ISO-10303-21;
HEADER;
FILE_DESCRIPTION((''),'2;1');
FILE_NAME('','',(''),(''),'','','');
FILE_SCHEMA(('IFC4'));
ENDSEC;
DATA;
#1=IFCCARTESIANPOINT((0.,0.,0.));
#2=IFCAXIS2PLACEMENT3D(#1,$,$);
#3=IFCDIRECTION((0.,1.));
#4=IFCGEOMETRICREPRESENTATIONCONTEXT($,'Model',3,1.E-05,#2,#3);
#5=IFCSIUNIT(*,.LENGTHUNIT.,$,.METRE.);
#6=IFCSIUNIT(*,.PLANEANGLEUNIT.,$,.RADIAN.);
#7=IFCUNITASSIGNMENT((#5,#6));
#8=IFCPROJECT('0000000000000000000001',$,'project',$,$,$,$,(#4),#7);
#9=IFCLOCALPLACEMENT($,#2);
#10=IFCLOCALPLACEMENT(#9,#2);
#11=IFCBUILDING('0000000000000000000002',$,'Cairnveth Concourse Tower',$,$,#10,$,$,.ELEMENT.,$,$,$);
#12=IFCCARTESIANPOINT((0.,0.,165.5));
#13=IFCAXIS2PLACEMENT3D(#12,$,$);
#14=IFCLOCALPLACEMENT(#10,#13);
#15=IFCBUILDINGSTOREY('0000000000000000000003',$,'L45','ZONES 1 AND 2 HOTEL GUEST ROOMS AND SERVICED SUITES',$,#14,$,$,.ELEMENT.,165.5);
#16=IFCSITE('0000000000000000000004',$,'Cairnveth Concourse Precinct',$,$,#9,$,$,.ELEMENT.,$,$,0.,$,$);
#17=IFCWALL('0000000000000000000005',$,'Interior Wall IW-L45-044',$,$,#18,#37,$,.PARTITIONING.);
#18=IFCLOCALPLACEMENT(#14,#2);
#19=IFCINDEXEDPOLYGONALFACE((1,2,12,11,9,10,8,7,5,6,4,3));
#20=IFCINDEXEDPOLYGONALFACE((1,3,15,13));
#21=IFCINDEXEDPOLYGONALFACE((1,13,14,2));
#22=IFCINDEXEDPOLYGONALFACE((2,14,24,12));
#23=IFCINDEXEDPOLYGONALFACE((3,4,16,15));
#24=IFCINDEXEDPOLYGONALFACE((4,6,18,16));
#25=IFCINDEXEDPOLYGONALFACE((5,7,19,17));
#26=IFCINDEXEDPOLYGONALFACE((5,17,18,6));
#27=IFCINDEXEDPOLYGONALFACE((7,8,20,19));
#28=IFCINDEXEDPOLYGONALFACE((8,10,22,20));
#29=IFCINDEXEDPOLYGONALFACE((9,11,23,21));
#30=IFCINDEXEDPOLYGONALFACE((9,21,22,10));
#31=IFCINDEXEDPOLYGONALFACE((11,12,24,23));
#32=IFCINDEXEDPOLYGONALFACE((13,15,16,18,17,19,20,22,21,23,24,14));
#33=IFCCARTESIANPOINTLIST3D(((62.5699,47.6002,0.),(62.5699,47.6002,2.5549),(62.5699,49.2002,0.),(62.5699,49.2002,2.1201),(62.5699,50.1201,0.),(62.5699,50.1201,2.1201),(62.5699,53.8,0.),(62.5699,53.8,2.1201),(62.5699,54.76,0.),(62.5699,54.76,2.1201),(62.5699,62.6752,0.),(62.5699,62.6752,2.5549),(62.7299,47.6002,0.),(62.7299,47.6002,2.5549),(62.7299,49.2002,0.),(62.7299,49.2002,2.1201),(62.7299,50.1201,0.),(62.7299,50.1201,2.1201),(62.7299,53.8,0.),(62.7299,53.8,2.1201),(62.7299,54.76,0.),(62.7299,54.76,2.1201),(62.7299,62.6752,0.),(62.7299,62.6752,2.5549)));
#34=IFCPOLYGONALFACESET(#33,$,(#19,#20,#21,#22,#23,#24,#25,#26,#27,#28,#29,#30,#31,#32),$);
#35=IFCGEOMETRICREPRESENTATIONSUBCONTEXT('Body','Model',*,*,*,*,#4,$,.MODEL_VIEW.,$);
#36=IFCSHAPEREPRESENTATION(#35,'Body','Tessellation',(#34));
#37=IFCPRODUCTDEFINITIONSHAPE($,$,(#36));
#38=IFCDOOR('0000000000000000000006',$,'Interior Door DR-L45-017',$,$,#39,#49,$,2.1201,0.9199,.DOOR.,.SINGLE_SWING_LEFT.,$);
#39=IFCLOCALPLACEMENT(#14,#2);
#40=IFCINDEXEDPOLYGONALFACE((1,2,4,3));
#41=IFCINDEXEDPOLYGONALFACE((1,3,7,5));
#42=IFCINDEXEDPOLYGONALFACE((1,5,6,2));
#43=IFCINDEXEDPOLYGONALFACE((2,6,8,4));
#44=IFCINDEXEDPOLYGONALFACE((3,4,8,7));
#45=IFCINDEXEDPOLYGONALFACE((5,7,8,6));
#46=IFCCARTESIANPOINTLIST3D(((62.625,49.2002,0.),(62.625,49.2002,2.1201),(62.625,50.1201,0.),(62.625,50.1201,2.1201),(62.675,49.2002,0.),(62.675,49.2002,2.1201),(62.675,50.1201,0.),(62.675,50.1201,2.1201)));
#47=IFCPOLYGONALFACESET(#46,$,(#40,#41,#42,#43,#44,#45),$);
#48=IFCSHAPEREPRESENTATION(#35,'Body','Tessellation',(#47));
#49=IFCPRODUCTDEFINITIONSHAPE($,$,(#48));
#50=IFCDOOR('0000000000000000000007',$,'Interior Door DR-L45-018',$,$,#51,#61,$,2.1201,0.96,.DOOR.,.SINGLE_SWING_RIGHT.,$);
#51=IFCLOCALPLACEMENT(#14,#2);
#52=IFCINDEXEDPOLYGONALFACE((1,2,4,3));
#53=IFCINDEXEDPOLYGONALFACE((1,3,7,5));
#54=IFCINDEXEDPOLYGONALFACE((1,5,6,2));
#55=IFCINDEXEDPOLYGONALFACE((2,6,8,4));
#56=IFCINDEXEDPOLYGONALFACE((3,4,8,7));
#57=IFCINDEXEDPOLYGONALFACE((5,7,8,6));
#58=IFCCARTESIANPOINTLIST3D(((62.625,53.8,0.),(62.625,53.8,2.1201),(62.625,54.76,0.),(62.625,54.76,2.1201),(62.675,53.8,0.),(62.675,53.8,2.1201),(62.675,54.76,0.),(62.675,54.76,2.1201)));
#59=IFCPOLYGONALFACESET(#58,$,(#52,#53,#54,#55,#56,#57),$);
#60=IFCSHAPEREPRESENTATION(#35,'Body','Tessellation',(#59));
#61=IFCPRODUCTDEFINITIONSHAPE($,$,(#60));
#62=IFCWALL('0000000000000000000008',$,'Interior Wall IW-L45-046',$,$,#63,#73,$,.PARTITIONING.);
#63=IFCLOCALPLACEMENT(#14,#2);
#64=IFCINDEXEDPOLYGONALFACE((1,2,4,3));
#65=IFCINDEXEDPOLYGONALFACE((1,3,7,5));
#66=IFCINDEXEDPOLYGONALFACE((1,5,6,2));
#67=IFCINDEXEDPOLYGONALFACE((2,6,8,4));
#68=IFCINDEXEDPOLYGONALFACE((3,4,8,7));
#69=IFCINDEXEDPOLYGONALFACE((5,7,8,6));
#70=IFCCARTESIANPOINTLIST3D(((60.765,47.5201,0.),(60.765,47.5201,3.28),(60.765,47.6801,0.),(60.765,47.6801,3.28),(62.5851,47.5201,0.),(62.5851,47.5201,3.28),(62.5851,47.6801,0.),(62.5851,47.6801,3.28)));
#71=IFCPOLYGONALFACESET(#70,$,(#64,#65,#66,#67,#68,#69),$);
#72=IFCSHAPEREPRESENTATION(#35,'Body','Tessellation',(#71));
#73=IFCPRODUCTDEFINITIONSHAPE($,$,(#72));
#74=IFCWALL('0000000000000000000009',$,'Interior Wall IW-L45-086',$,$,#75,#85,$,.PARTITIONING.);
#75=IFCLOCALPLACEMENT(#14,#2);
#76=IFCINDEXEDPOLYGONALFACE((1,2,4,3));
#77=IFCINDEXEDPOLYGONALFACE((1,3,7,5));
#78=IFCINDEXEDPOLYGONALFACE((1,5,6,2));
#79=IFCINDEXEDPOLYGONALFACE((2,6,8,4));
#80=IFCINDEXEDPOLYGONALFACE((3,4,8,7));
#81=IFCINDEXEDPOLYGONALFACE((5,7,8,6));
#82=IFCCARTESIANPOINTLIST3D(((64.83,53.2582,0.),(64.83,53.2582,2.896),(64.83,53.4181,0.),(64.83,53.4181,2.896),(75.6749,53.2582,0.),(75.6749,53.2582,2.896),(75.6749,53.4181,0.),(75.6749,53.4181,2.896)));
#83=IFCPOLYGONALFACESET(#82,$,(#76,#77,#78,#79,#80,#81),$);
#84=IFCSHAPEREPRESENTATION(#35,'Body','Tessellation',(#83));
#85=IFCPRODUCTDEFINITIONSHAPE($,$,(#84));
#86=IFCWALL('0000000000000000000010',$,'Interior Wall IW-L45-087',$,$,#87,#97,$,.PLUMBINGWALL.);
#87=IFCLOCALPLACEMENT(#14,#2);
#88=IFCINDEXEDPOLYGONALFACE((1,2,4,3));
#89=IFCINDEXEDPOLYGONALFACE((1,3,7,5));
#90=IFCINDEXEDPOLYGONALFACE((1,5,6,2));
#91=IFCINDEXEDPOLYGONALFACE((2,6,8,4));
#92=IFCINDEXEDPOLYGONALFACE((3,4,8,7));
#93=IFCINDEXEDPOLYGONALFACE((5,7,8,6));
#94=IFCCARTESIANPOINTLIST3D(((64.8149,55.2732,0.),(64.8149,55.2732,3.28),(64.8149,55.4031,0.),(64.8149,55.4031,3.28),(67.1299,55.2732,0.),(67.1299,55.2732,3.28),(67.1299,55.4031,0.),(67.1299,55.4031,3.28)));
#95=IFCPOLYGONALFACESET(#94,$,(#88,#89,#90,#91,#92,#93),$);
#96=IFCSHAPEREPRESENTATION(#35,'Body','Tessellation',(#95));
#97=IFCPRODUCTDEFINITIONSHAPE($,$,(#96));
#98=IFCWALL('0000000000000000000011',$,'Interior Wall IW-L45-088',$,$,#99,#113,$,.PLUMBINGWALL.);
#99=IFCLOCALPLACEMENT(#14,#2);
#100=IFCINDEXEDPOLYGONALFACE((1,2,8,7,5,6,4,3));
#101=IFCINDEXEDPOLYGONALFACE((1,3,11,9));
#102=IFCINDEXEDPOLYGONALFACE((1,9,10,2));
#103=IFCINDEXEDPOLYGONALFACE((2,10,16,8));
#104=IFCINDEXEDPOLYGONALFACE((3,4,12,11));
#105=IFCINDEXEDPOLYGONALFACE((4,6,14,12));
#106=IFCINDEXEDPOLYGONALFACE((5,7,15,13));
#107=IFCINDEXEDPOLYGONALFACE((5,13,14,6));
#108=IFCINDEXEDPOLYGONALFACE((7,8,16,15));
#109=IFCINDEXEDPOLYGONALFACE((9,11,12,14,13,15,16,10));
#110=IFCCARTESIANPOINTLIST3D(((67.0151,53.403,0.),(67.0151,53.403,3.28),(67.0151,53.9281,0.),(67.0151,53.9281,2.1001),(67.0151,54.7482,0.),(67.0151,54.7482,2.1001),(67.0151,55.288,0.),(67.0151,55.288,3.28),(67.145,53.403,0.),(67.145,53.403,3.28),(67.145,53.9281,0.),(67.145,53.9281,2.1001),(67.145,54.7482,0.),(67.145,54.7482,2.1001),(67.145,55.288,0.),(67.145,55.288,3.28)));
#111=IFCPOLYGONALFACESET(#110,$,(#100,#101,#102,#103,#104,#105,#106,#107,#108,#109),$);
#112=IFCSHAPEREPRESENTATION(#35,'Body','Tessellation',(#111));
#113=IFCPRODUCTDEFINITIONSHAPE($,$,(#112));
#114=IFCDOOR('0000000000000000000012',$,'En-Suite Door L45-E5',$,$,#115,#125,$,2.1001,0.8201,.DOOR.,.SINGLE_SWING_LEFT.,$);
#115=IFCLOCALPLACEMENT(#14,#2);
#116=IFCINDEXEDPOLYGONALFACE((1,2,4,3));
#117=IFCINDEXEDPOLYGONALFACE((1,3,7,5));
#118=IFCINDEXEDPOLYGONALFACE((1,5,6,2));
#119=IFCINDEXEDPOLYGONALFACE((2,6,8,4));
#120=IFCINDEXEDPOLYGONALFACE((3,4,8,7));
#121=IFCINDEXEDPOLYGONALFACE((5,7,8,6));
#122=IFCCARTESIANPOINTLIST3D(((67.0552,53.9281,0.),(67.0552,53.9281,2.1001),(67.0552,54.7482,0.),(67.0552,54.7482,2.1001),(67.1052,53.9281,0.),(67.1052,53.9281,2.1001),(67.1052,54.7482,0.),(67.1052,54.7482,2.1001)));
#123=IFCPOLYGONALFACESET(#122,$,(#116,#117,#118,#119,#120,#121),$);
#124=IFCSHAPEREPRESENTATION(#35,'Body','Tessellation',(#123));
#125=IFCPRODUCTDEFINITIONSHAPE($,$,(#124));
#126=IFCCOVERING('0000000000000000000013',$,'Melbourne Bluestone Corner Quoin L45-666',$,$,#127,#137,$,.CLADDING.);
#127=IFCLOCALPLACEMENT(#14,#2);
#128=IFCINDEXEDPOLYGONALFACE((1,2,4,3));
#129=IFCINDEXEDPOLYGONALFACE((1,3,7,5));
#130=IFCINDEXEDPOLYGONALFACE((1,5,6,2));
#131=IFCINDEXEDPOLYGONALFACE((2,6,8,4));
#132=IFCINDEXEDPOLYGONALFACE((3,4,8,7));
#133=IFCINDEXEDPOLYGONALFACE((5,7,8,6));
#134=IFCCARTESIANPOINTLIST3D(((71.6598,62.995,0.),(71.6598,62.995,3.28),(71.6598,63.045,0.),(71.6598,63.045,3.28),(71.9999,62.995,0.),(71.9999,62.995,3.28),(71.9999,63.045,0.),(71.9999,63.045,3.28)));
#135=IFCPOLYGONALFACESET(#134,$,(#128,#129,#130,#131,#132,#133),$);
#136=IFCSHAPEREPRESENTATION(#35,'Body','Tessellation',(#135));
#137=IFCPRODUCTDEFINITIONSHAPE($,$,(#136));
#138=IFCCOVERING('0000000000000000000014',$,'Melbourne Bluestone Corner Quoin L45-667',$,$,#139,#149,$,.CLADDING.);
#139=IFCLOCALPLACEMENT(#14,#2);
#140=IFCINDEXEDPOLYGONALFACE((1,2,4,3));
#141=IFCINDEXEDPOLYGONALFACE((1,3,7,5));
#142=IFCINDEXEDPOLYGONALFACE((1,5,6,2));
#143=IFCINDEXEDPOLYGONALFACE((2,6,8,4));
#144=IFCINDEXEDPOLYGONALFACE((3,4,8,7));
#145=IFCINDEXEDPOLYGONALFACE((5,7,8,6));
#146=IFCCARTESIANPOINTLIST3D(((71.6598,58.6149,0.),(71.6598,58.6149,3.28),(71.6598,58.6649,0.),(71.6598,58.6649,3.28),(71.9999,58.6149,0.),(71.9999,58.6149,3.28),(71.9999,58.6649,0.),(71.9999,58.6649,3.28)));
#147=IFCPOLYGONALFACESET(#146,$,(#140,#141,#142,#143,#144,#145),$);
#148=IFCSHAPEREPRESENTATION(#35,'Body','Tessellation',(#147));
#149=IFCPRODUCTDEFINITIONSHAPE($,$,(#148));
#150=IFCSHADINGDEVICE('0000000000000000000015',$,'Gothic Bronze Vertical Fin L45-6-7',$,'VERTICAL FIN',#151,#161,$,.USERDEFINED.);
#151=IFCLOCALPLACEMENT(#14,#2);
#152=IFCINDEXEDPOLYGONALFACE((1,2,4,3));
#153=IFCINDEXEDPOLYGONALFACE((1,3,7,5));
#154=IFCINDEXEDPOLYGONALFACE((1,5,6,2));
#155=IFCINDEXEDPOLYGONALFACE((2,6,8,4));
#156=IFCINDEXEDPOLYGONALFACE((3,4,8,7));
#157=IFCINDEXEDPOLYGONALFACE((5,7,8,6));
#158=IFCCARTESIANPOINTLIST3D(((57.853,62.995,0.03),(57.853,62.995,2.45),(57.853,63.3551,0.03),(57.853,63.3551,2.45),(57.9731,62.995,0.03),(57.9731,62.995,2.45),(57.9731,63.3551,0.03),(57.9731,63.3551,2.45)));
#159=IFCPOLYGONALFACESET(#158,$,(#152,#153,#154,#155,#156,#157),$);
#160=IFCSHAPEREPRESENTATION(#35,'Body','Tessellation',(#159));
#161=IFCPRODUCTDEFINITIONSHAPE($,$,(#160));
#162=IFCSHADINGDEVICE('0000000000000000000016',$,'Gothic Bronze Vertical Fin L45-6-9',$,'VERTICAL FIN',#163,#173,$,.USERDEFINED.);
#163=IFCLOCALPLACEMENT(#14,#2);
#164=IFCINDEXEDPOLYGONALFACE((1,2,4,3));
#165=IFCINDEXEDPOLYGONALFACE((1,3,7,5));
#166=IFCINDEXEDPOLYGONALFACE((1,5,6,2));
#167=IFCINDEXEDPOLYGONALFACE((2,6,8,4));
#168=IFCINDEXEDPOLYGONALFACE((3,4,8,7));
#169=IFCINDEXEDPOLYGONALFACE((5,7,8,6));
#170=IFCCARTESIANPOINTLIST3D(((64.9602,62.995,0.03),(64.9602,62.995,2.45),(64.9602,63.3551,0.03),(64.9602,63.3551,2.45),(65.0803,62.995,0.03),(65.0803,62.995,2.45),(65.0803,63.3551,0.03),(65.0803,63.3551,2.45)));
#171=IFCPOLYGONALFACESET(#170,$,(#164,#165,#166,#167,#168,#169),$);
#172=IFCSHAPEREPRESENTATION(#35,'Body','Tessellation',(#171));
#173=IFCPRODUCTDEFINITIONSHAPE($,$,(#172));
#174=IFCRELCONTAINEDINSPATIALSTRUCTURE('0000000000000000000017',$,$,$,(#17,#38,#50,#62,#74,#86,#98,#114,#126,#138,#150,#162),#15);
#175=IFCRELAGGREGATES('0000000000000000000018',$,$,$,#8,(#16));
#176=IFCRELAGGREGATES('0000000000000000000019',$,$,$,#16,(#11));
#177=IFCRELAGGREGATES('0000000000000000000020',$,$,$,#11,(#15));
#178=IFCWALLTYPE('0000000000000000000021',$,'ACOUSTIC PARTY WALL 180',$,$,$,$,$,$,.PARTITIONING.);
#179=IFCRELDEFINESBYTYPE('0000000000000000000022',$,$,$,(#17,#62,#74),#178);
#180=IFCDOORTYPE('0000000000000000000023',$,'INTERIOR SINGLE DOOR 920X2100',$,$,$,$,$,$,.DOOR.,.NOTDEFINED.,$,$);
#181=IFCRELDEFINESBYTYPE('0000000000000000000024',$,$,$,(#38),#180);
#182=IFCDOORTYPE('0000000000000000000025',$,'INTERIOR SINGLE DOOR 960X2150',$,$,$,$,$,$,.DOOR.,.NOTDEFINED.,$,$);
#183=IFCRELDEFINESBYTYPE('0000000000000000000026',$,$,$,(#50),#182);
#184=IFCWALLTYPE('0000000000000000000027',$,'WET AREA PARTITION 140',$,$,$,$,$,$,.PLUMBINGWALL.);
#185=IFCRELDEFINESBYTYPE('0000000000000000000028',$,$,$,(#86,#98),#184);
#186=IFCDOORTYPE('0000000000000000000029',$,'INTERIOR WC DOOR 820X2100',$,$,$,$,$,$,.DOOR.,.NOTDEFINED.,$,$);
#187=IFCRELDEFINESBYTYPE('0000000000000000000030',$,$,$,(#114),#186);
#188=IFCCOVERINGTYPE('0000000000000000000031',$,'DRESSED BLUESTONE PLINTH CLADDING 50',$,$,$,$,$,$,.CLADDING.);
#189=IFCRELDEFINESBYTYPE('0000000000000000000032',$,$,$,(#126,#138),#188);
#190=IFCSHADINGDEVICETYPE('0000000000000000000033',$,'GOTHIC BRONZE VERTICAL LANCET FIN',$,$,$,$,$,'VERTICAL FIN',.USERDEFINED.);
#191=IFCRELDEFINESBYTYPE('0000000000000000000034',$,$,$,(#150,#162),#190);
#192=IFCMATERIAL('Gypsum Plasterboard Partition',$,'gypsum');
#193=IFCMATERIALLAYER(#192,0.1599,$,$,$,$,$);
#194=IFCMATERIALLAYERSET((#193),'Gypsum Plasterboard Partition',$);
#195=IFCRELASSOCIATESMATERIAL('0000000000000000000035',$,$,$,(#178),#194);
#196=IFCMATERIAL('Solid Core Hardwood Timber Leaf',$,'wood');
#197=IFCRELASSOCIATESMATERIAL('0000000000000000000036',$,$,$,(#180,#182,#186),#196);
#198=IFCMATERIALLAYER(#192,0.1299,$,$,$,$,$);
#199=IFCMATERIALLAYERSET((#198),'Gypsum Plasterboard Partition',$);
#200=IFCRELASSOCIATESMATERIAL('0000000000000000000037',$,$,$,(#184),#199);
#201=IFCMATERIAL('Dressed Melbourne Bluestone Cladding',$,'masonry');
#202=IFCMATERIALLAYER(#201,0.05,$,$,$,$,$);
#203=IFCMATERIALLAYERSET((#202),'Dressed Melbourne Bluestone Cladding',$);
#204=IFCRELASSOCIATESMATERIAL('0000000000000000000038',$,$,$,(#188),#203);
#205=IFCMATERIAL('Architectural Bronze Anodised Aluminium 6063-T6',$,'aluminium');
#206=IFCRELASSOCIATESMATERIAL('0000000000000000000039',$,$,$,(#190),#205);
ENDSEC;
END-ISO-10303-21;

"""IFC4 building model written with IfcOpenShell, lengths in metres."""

from ifc_helpers import new_model, si_unit, direction, frame, frame_2d, origin, origin_2d, place, context, subcontext, project, spatial, rectangle, extrude, material, layer, layer_set, type_object, element, fill, save


model = new_model("IFC4")

# Units and contexts
model_context = context("Model", 3, precision=1e-05, world=origin(), true_north=direction((0.0, 1.0)))
body_context = subcontext(model_context, "Body", "Model", "MODEL_VIEW")
ifc_project = project(units=[si_unit("LENGTHUNIT", "METRE"), si_unit("PLANEANGLEUNIT", "RADIAN")], contexts=[model_context])

# Site, building, storey
site_placement = place(None, origin())
site = spatial("IfcSite", under=ifc_project, at=site_placement, Name="Cairnveth Concourse Precinct", CompositionType="ELEMENT", RefElevation=0.0)
building_placement = place(site_placement, origin())
building = spatial("IfcBuilding", under=site, at=building_placement, Name="Cairnveth Concourse Tower", CompositionType="ELEMENT")
storey_placement = place(building_placement, frame((0.0, 0.0, 165.5)))
storey = spatial("IfcBuildingStorey", under=building, at=storey_placement, Name="L45", Description="ZONES 1 AND 2 HOTEL GUEST ROOMS AND SERVICED SUITES", CompositionType="ELEMENT", Elevation=165.5)

# Wall, openings, doors
ifc_material_1 = material(Name="Gypsum Plasterboard Partition", Category="gypsum")
ifc_layer_1 = layer(ifc_material_1, 0.1599)
ifc_layer_set_1 = layer_set([ifc_layer_1], Name="Gypsum Plasterboard Partition")
wall_type_1 = type_object("IfcWallType", Name="ACOUSTIC PARTY WALL 180", PredefinedType="PARTITIONING", material=ifc_layer_set_1)
wall_1_placement = place(storey_placement, frame((62.6499, 47.6001, 0.0), z_axis=(0.0, 0.0, 1.0), x_axis=(0.0, 1.0, 0.0)))
wall_1 = element("IfcWall", 1, at=wall_1_placement, inside=storey, type_object=wall_type_1, Name="Interior Wall IW-L45-044", PredefinedType="PARTITIONING", context=body_context, shape_type="SweptSolid", body=[
    extrude(rectangle(XDim=15.075, YDim=0.1599, at=frame_2d((7.5376, 0.0))), origin(), (0.0, 0.0, 1.0), 2.5549),
])
opening_1_placement = place(wall_1_placement, frame((1.6001, 0.0, 0.0)))
opening_1 = element("IfcOpeningElement", 2, at=opening_1_placement, cuts=wall_1, PredefinedType="OPENING", context=body_context, shape_type="SweptSolid", body=[
    extrude(rectangle(XDim=0.9199, YDim=2.1201, at=frame_2d((0.46, 1.0601))), frame((0.0, 0.0898, 0.0), z_axis=(0.0, -1.0, 0.0), x_axis=(1.0, 0.0, 0.0)), (0.0, 0.0, 1.0), 0.1799),
])
opening_2_placement = place(wall_1_placement, frame((6.2, 0.0, 0.0)))
opening_2 = element("IfcOpeningElement", 3, at=opening_2_placement, cuts=wall_1, PredefinedType="OPENING", context=body_context, shape_type="SweptSolid", body=[
    extrude(rectangle(XDim=0.96, YDim=2.1201, at=frame_2d((0.48, 1.0601))), frame((0.0, 0.0898, 0.0), z_axis=(0.0, -1.0, 0.0), x_axis=(1.0, 0.0, 0.0)), (0.0, 0.0, 1.0), 0.1799),
])
ifc_material_2 = material(Name="Solid Core Hardwood Timber Leaf", Category="wood")
door_type_1 = type_object("IfcDoorType", Name="INTERIOR SINGLE DOOR 920X2100", OperationType="NOTDEFINED", PredefinedType="DOOR", material=ifc_material_2)
door_1_placement = place(opening_1_placement, origin())
door_1 = element("IfcDoor", 4, at=door_1_placement, inside=storey, type_object=door_type_1, Name="Interior Door DR-L45-017", OperationType="SINGLE_SWING_LEFT", OverallHeight=2.1201, OverallWidth=0.9199, PredefinedType="DOOR", context=body_context, shape_type="SweptSolid", body=[
    extrude(rectangle(XDim=0.9199, YDim=2.1201, at=frame_2d((0.46, 1.0601))), frame((0.0, 0.0249, 0.0), z_axis=(0.0, -1.0, 0.0), x_axis=(1.0, 0.0, 0.0)), (0.0, 0.0, 1.0), 0.05),
])
fill(opening_1, door_1)
door_type_2 = type_object("IfcDoorType", Name="INTERIOR SINGLE DOOR 960X2150", OperationType="NOTDEFINED", PredefinedType="DOOR", material=ifc_material_2)
door_2_placement = place(opening_2_placement, origin())
door_2 = element("IfcDoor", 5, at=door_2_placement, inside=storey, type_object=door_type_2, Name="Interior Door DR-L45-018", OperationType="SINGLE_SWING_RIGHT", OverallHeight=2.1201, OverallWidth=0.96, PredefinedType="DOOR", context=body_context, shape_type="SweptSolid", body=[
    extrude(rectangle(XDim=0.96, YDim=2.1201, at=frame_2d((0.48, 1.0601))), frame((0.0, 0.0249, 0.0), z_axis=(0.0, -1.0, 0.0), x_axis=(1.0, 0.0, 0.0)), (0.0, 0.0, 1.0), 0.05),
])
fill(opening_2, door_2)

# Walls
wall_2_placement = place(storey_placement, frame((60.7649, 47.6001, 0.0), z_axis=(0.0, 0.0, 1.0), x_axis=(1.0, 0.0, 0.0)))
element("IfcWall", 6, at=wall_2_placement, inside=storey, type_object=wall_type_1, Name="Interior Wall IW-L45-046", PredefinedType="PARTITIONING", context=body_context, shape_type="SweptSolid", body=[
    extrude(rectangle(XDim=1.8201, YDim=0.1599, at=frame_2d((0.9102, 0.0))), origin(), (0.0, 0.0, 1.0), 3.28),
])
wall_3_placement = place(storey_placement, frame((64.8301, 53.3381, 0.0), z_axis=(0.0, 0.0, 1.0), x_axis=(1.0, 0.0, 0.0)))
element("IfcWall", 7, at=wall_3_placement, inside=storey, type_object=wall_type_1, Name="Interior Wall IW-L45-086", PredefinedType="PARTITIONING", context=body_context, shape_type="SweptSolid", body=[
    extrude(rectangle(XDim=10.845, YDim=0.1599, at=frame_2d((5.4224, 0.0))), origin(), (0.0, 0.0, 1.0), 2.896),
])
ifc_layer_2 = layer(ifc_material_1, 0.1299)
ifc_layer_set_2 = layer_set([ifc_layer_2], Name="Gypsum Plasterboard Partition")
wall_type_2 = type_object("IfcWallType", Name="WET AREA PARTITION 140", PredefinedType="PLUMBINGWALL", material=ifc_layer_set_2)
wall_4_placement = place(storey_placement, frame((64.8149, 55.3381, 0.0), z_axis=(0.0, 0.0, 1.0), x_axis=(1.0, 0.0, 0.0)))
element("IfcWall", 8, at=wall_4_placement, inside=storey, type_object=wall_type_2, Name="Interior Wall IW-L45-087", PredefinedType="PLUMBINGWALL", context=body_context, shape_type="SweptSolid", body=[
    extrude(rectangle(XDim=2.3149, YDim=0.1299, at=frame_2d((1.1575, 0.0))), origin(), (0.0, 0.0, 1.0), 3.28),
])

# Wall, opening, door
wall_5_placement = place(storey_placement, frame((67.0801, 53.4031, 0.0), z_axis=(0.0, 0.0, 1.0), x_axis=(0.0, 1.0, 0.0)))
wall_5 = element("IfcWall", 9, at=wall_5_placement, inside=storey, type_object=wall_type_2, Name="Interior Wall IW-L45-088", PredefinedType="PLUMBINGWALL", context=body_context, shape_type="SweptSolid", body=[
    extrude(rectangle(XDim=1.885, YDim=0.1299, at=frame_2d((0.9424, 0.0))), origin(), (0.0, 0.0, 1.0), 3.28),
])
opening_3_placement = place(wall_5_placement, frame((0.5249, 0.0, 0.0)))
opening_3 = element("IfcOpeningElement", 10, at=opening_3_placement, cuts=wall_5, PredefinedType="OPENING", context=body_context, shape_type="SweptSolid", body=[
    extrude(rectangle(XDim=0.8201, YDim=2.1001, at=frame_2d((0.4102, 1.05))), frame((0.0, 0.075, 0.0), z_axis=(0.0, -1.0, 0.0), x_axis=(1.0, 0.0, 0.0)), (0.0, 0.0, 1.0), 0.1499),
])
door_type_3 = type_object("IfcDoorType", Name="INTERIOR WC DOOR 820X2100", OperationType="NOTDEFINED", PredefinedType="DOOR", material=ifc_material_2)
door_3_placement = place(opening_3_placement, origin())
door_3 = element("IfcDoor", 11, at=door_3_placement, inside=storey, type_object=door_type_3, Name="En-Suite Door L45-E5", OperationType="SINGLE_SWING_LEFT", OverallHeight=2.1001, OverallWidth=0.8201, PredefinedType="DOOR", context=body_context, shape_type="SweptSolid", body=[
    extrude(rectangle(XDim=0.8201, YDim=2.1001, at=frame_2d((0.4102, 1.05))), frame((0.0, 0.0249, 0.0), z_axis=(0.0, -1.0, 0.0), x_axis=(1.0, 0.0, 0.0)), (0.0, 0.0, 1.0), 0.05),
])
fill(opening_3, door_3)

# Coverings
ifc_material_3 = material(Name="Dressed Melbourne Bluestone Cladding", Category="masonry")
ifc_layer_3 = layer(ifc_material_3, 0.05)
ifc_layer_set_3 = layer_set([ifc_layer_3], Name="Dressed Melbourne Bluestone Cladding")
covering_type = type_object("IfcCoveringType", Name="DRESSED BLUESTONE PLINTH CLADDING 50", PredefinedType="CLADDING", material=ifc_layer_set_3)
for number, where, z_axis, x_axis, name in (
    (12, (71.6599, 63.02, 0.0), (0.0, 0.0, 1.0), (1.0, 0.0, 0.0), "Melbourne Bluestone Corner Quoin L45-666"),
    (13, (71.6599, 58.6399, 0.0), (0.0, 0.0, 1.0), (1.0, 0.0, 0.0), "Melbourne Bluestone Corner Quoin L45-667"),
):
    element("IfcCovering", number, at=place(storey_placement, frame(where, z_axis=z_axis, x_axis=x_axis)), inside=storey, type_object=covering_type, Name=name, PredefinedType="CLADDING", context=body_context, shape_type="SweptSolid", body=[
        extrude(rectangle(XDim=0.3401, YDim=0.05, at=frame_2d((0.1699, 0.0))), origin(), (0.0, 0.0, 1.0), 3.28),
    ])

# Shading devices
ifc_material_4 = material(Name="Architectural Bronze Anodised Aluminium 6063-T6", Category="aluminium")
shading_device_type = type_object("IfcShadingDeviceType", Name="GOTHIC BRONZE VERTICAL LANCET FIN", ElementType="VERTICAL FIN", PredefinedType="USERDEFINED", material=ifc_material_4)
for number, where, z_axis, x_axis, name in (
    (14, (57.9131, 63.175, 0.03), (0.0, 0.0, 1.0), (1.0, 0.0, 0.0), "Gothic Bronze Vertical Fin L45-6-7"),
    (15, (65.0203, 63.175, 0.03), (0.0, 0.0, 1.0), (1.0, 0.0, 0.0), "Gothic Bronze Vertical Fin L45-6-9"),
):
    element("IfcShadingDevice", number, at=place(storey_placement, frame(where, z_axis=z_axis, x_axis=x_axis)), inside=storey, type_object=shading_device_type, Name=name, ObjectType="VERTICAL FIN", PredefinedType="USERDEFINED", context=body_context, shape_type="SweptSolid", body=[
        extrude(rectangle(XDim=0.1201, YDim=0.3601, at=origin_2d()), origin(), (0.0, 0.0, 1.0), 2.4199),
    ])

save(model, "model.ifc")
